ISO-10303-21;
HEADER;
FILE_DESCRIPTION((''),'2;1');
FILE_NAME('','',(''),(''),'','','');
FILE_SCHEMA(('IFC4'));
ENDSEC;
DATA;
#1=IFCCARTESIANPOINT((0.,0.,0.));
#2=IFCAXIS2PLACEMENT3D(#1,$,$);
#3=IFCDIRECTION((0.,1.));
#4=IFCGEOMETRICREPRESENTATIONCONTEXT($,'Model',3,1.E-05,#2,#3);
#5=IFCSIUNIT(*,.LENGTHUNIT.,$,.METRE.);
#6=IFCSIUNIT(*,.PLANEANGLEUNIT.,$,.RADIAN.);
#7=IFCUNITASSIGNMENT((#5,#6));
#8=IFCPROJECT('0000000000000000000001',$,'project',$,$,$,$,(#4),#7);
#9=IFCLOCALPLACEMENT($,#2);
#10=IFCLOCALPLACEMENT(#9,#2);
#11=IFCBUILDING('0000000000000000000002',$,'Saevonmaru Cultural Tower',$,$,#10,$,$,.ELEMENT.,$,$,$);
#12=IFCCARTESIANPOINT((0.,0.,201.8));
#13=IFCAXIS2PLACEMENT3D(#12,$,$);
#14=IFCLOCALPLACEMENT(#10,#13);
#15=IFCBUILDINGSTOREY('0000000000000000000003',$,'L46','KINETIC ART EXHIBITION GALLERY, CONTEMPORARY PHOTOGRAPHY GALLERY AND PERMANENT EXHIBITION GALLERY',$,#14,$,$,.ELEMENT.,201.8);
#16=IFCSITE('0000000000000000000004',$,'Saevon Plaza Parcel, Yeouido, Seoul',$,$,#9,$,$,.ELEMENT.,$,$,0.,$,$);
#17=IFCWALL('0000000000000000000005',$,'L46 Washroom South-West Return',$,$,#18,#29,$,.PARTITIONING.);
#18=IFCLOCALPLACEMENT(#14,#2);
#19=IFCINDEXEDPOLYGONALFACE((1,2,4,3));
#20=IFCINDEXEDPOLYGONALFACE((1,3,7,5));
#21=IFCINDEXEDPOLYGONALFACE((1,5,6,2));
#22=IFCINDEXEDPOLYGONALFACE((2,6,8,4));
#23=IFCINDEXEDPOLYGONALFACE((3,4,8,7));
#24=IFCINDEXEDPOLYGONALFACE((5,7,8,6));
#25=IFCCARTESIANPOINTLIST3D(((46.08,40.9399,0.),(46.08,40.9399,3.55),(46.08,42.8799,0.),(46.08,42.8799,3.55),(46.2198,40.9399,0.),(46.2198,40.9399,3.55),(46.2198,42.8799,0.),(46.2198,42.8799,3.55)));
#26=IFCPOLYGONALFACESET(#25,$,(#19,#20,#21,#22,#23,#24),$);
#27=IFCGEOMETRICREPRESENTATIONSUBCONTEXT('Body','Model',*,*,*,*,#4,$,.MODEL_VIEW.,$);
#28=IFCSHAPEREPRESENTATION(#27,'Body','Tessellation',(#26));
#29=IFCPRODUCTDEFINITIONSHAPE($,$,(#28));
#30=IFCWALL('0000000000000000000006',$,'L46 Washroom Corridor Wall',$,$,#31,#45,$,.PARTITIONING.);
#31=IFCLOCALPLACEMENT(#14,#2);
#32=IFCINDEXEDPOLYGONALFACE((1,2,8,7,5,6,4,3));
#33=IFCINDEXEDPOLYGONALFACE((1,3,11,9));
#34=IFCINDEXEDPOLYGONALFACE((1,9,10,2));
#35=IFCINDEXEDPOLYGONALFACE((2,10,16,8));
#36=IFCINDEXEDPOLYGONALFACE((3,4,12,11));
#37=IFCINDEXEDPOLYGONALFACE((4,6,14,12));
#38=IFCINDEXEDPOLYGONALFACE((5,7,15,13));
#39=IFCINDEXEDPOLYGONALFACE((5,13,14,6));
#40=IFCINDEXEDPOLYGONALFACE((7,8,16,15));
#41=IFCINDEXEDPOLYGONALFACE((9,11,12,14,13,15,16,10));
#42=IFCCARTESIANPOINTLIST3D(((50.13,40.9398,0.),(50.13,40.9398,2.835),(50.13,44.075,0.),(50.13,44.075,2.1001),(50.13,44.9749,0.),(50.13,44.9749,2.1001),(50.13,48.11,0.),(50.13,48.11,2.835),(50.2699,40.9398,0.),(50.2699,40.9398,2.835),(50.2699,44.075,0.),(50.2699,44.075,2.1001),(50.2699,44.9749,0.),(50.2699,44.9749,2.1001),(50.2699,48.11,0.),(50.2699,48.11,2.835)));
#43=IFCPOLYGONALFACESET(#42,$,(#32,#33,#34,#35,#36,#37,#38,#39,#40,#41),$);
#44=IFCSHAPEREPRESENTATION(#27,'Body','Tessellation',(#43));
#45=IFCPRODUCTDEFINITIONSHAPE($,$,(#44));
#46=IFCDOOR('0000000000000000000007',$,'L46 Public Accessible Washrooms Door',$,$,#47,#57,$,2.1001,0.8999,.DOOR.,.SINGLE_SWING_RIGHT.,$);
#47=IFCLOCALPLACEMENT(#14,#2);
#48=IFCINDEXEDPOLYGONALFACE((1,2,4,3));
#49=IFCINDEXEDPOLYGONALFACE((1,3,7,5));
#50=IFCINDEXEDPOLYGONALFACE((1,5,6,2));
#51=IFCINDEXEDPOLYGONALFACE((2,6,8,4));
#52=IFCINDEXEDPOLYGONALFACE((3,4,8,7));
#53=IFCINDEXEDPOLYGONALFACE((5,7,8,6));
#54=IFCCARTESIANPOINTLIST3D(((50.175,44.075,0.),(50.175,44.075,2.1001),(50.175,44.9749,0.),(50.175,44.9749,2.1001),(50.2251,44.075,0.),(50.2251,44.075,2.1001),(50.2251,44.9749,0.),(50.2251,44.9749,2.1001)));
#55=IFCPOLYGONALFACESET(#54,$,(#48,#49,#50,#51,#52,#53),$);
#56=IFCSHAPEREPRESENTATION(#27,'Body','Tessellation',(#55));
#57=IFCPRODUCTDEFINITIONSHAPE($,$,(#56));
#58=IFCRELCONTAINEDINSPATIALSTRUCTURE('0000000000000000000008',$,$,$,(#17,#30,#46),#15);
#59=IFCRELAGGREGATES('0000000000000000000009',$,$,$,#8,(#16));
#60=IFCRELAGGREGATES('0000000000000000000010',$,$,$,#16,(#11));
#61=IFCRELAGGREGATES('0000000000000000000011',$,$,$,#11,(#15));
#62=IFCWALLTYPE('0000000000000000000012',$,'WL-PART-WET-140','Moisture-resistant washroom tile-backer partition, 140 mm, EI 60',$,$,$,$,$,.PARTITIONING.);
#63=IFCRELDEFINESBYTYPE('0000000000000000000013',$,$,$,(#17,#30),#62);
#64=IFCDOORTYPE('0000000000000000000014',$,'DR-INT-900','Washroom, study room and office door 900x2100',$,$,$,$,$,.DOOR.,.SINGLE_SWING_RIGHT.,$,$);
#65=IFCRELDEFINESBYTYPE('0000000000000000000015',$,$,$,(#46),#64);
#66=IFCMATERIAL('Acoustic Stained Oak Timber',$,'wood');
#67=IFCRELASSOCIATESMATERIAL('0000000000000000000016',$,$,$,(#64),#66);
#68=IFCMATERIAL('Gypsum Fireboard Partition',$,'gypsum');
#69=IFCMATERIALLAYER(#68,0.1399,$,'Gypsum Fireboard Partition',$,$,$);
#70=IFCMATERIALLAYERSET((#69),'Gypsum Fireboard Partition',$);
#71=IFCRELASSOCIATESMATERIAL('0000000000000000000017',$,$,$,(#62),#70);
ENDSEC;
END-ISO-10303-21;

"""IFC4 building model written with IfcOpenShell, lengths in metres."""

from ifc_helpers import new_model, si_unit, direction, frame, frame_2d, origin, place, context, subcontext, project, spatial, rectangle, extrude, material, layer, layer_set, type_object, element, fill, save


model = new_model("IFC4")

# Units and contexts
model_context = context("Model", 3, precision=1e-05, world=origin(), true_north=direction((0.0, 1.0)))
body_context = subcontext(model_context, "Body", "Model", "MODEL_VIEW")
ifc_project = project(units=[si_unit("LENGTHUNIT", "METRE"), si_unit("PLANEANGLEUNIT", "RADIAN")], contexts=[model_context])

# Site, building, storey
site_placement = place(None, origin())
site = spatial("IfcSite", under=ifc_project, at=site_placement, Name="Saevon Plaza Parcel, Yeouido, Seoul", CompositionType="ELEMENT", RefElevation=0.0)
building_placement = place(site_placement, origin())
building = spatial("IfcBuilding", under=site, at=building_placement, Name="Saevonmaru Cultural Tower", CompositionType="ELEMENT")
storey_placement = place(building_placement, frame((0.0, 0.0, 201.8)))
storey = spatial("IfcBuildingStorey", under=building, at=storey_placement, Name="L46", Description="KINETIC ART EXHIBITION GALLERY, CONTEMPORARY PHOTOGRAPHY GALLERY AND PERMANENT EXHIBITION GALLERY", CompositionType="ELEMENT", Elevation=201.8)

# Shared definitions
ifc_material_1 = material(Name="Gypsum Fireboard Partition", Category="gypsum")
ifc_material_2 = material(Name="Acoustic Stained Oak Timber", Category="wood")

# Shared definitions
door_type_1 = type_object("IfcDoorType", Name="DR-INT-900", Description="Washroom, study room and office door 900x2100", OperationType="SINGLE_SWING_RIGHT", PredefinedType="DOOR", material=ifc_material_2)

# Wall
ifc_layer_1 = layer(ifc_material_1, 0.1399, Name="Gypsum Fireboard Partition")
ifc_layer_set_1 = layer_set([ifc_layer_1], Name="Gypsum Fireboard Partition")
wall_type_1 = type_object("IfcWallType", Name="WL-PART-WET-140", Description="Moisture-resistant washroom tile-backer partition, 140 mm, EI 60", PredefinedType="PARTITIONING", material=ifc_layer_set_1)
wall_1_placement = place(storey_placement, frame((46.1499, 40.9399, 0.0), z_axis=(0.0, 0.0, 1.0), x_axis=(0.0, 1.0, 0.0)))
element("IfcWall", 1, at=wall_1_placement, inside=storey, type_object=wall_type_1, Name="L46 Washroom South-West Return", PredefinedType="PARTITIONING", context=body_context, shape_type="SweptSolid", body=[
    extrude(rectangle(XDim=1.9399, YDim=0.1399, at=frame_2d((0.97, 0.0))), origin(), (0.0, 0.0, 1.0), 3.55),
])

# Wall, opening, door
wall_2_placement = place(storey_placement, frame((50.2, 40.9399, 0.0), z_axis=(0.0, 0.0, 1.0), x_axis=(0.0, 1.0, 0.0)))
wall_2 = element("IfcWall", 2, at=wall_2_placement, inside=storey, type_object=wall_type_1, Name="L46 Washroom Corridor Wall", PredefinedType="PARTITIONING", context=body_context, shape_type="SweptSolid", body=[
    extrude(rectangle(XDim=7.1702, YDim=0.1399, at=frame_2d((3.585, 0.0))), origin(), (0.0, 0.0, 1.0), 2.835),
])
opening_1_placement = place(wall_2_placement, frame((3.135, 0.0, 0.0)))
opening_1 = element("IfcOpeningElement", 3, at=opening_1_placement, cuts=wall_2, PredefinedType="OPENING", context=body_context, shape_type="SweptSolid", body=[
    extrude(rectangle(XDim=0.8999, YDim=2.1001, at=frame_2d((0.45, 1.05))), frame((0.0, 0.0801, 0.0), z_axis=(0.0, -1.0, 0.0), x_axis=(1.0, 0.0, 0.0)), (0.0, 0.0, 1.0), 0.1599),
])
door_1_placement = place(opening_1_placement, origin())
door_1 = element("IfcDoor", 4, at=door_1_placement, inside=storey, type_object=door_type_1, Name="L46 Public Accessible Washrooms Door", OperationType="SINGLE_SWING_RIGHT", OverallHeight=2.1001, OverallWidth=0.8999, PredefinedType="DOOR", context=body_context, shape_type="SweptSolid", body=[
    extrude(rectangle(XDim=0.8999, YDim=2.1001, at=frame_2d((0.45, 1.05))), frame((0.0, 0.0249, 0.0), z_axis=(0.0, -1.0, 0.0), x_axis=(1.0, 0.0, 0.0)), (0.0, 0.0, 1.0), 0.05),
])
fill(opening_1, door_1)

save(model, "model.ifc")
